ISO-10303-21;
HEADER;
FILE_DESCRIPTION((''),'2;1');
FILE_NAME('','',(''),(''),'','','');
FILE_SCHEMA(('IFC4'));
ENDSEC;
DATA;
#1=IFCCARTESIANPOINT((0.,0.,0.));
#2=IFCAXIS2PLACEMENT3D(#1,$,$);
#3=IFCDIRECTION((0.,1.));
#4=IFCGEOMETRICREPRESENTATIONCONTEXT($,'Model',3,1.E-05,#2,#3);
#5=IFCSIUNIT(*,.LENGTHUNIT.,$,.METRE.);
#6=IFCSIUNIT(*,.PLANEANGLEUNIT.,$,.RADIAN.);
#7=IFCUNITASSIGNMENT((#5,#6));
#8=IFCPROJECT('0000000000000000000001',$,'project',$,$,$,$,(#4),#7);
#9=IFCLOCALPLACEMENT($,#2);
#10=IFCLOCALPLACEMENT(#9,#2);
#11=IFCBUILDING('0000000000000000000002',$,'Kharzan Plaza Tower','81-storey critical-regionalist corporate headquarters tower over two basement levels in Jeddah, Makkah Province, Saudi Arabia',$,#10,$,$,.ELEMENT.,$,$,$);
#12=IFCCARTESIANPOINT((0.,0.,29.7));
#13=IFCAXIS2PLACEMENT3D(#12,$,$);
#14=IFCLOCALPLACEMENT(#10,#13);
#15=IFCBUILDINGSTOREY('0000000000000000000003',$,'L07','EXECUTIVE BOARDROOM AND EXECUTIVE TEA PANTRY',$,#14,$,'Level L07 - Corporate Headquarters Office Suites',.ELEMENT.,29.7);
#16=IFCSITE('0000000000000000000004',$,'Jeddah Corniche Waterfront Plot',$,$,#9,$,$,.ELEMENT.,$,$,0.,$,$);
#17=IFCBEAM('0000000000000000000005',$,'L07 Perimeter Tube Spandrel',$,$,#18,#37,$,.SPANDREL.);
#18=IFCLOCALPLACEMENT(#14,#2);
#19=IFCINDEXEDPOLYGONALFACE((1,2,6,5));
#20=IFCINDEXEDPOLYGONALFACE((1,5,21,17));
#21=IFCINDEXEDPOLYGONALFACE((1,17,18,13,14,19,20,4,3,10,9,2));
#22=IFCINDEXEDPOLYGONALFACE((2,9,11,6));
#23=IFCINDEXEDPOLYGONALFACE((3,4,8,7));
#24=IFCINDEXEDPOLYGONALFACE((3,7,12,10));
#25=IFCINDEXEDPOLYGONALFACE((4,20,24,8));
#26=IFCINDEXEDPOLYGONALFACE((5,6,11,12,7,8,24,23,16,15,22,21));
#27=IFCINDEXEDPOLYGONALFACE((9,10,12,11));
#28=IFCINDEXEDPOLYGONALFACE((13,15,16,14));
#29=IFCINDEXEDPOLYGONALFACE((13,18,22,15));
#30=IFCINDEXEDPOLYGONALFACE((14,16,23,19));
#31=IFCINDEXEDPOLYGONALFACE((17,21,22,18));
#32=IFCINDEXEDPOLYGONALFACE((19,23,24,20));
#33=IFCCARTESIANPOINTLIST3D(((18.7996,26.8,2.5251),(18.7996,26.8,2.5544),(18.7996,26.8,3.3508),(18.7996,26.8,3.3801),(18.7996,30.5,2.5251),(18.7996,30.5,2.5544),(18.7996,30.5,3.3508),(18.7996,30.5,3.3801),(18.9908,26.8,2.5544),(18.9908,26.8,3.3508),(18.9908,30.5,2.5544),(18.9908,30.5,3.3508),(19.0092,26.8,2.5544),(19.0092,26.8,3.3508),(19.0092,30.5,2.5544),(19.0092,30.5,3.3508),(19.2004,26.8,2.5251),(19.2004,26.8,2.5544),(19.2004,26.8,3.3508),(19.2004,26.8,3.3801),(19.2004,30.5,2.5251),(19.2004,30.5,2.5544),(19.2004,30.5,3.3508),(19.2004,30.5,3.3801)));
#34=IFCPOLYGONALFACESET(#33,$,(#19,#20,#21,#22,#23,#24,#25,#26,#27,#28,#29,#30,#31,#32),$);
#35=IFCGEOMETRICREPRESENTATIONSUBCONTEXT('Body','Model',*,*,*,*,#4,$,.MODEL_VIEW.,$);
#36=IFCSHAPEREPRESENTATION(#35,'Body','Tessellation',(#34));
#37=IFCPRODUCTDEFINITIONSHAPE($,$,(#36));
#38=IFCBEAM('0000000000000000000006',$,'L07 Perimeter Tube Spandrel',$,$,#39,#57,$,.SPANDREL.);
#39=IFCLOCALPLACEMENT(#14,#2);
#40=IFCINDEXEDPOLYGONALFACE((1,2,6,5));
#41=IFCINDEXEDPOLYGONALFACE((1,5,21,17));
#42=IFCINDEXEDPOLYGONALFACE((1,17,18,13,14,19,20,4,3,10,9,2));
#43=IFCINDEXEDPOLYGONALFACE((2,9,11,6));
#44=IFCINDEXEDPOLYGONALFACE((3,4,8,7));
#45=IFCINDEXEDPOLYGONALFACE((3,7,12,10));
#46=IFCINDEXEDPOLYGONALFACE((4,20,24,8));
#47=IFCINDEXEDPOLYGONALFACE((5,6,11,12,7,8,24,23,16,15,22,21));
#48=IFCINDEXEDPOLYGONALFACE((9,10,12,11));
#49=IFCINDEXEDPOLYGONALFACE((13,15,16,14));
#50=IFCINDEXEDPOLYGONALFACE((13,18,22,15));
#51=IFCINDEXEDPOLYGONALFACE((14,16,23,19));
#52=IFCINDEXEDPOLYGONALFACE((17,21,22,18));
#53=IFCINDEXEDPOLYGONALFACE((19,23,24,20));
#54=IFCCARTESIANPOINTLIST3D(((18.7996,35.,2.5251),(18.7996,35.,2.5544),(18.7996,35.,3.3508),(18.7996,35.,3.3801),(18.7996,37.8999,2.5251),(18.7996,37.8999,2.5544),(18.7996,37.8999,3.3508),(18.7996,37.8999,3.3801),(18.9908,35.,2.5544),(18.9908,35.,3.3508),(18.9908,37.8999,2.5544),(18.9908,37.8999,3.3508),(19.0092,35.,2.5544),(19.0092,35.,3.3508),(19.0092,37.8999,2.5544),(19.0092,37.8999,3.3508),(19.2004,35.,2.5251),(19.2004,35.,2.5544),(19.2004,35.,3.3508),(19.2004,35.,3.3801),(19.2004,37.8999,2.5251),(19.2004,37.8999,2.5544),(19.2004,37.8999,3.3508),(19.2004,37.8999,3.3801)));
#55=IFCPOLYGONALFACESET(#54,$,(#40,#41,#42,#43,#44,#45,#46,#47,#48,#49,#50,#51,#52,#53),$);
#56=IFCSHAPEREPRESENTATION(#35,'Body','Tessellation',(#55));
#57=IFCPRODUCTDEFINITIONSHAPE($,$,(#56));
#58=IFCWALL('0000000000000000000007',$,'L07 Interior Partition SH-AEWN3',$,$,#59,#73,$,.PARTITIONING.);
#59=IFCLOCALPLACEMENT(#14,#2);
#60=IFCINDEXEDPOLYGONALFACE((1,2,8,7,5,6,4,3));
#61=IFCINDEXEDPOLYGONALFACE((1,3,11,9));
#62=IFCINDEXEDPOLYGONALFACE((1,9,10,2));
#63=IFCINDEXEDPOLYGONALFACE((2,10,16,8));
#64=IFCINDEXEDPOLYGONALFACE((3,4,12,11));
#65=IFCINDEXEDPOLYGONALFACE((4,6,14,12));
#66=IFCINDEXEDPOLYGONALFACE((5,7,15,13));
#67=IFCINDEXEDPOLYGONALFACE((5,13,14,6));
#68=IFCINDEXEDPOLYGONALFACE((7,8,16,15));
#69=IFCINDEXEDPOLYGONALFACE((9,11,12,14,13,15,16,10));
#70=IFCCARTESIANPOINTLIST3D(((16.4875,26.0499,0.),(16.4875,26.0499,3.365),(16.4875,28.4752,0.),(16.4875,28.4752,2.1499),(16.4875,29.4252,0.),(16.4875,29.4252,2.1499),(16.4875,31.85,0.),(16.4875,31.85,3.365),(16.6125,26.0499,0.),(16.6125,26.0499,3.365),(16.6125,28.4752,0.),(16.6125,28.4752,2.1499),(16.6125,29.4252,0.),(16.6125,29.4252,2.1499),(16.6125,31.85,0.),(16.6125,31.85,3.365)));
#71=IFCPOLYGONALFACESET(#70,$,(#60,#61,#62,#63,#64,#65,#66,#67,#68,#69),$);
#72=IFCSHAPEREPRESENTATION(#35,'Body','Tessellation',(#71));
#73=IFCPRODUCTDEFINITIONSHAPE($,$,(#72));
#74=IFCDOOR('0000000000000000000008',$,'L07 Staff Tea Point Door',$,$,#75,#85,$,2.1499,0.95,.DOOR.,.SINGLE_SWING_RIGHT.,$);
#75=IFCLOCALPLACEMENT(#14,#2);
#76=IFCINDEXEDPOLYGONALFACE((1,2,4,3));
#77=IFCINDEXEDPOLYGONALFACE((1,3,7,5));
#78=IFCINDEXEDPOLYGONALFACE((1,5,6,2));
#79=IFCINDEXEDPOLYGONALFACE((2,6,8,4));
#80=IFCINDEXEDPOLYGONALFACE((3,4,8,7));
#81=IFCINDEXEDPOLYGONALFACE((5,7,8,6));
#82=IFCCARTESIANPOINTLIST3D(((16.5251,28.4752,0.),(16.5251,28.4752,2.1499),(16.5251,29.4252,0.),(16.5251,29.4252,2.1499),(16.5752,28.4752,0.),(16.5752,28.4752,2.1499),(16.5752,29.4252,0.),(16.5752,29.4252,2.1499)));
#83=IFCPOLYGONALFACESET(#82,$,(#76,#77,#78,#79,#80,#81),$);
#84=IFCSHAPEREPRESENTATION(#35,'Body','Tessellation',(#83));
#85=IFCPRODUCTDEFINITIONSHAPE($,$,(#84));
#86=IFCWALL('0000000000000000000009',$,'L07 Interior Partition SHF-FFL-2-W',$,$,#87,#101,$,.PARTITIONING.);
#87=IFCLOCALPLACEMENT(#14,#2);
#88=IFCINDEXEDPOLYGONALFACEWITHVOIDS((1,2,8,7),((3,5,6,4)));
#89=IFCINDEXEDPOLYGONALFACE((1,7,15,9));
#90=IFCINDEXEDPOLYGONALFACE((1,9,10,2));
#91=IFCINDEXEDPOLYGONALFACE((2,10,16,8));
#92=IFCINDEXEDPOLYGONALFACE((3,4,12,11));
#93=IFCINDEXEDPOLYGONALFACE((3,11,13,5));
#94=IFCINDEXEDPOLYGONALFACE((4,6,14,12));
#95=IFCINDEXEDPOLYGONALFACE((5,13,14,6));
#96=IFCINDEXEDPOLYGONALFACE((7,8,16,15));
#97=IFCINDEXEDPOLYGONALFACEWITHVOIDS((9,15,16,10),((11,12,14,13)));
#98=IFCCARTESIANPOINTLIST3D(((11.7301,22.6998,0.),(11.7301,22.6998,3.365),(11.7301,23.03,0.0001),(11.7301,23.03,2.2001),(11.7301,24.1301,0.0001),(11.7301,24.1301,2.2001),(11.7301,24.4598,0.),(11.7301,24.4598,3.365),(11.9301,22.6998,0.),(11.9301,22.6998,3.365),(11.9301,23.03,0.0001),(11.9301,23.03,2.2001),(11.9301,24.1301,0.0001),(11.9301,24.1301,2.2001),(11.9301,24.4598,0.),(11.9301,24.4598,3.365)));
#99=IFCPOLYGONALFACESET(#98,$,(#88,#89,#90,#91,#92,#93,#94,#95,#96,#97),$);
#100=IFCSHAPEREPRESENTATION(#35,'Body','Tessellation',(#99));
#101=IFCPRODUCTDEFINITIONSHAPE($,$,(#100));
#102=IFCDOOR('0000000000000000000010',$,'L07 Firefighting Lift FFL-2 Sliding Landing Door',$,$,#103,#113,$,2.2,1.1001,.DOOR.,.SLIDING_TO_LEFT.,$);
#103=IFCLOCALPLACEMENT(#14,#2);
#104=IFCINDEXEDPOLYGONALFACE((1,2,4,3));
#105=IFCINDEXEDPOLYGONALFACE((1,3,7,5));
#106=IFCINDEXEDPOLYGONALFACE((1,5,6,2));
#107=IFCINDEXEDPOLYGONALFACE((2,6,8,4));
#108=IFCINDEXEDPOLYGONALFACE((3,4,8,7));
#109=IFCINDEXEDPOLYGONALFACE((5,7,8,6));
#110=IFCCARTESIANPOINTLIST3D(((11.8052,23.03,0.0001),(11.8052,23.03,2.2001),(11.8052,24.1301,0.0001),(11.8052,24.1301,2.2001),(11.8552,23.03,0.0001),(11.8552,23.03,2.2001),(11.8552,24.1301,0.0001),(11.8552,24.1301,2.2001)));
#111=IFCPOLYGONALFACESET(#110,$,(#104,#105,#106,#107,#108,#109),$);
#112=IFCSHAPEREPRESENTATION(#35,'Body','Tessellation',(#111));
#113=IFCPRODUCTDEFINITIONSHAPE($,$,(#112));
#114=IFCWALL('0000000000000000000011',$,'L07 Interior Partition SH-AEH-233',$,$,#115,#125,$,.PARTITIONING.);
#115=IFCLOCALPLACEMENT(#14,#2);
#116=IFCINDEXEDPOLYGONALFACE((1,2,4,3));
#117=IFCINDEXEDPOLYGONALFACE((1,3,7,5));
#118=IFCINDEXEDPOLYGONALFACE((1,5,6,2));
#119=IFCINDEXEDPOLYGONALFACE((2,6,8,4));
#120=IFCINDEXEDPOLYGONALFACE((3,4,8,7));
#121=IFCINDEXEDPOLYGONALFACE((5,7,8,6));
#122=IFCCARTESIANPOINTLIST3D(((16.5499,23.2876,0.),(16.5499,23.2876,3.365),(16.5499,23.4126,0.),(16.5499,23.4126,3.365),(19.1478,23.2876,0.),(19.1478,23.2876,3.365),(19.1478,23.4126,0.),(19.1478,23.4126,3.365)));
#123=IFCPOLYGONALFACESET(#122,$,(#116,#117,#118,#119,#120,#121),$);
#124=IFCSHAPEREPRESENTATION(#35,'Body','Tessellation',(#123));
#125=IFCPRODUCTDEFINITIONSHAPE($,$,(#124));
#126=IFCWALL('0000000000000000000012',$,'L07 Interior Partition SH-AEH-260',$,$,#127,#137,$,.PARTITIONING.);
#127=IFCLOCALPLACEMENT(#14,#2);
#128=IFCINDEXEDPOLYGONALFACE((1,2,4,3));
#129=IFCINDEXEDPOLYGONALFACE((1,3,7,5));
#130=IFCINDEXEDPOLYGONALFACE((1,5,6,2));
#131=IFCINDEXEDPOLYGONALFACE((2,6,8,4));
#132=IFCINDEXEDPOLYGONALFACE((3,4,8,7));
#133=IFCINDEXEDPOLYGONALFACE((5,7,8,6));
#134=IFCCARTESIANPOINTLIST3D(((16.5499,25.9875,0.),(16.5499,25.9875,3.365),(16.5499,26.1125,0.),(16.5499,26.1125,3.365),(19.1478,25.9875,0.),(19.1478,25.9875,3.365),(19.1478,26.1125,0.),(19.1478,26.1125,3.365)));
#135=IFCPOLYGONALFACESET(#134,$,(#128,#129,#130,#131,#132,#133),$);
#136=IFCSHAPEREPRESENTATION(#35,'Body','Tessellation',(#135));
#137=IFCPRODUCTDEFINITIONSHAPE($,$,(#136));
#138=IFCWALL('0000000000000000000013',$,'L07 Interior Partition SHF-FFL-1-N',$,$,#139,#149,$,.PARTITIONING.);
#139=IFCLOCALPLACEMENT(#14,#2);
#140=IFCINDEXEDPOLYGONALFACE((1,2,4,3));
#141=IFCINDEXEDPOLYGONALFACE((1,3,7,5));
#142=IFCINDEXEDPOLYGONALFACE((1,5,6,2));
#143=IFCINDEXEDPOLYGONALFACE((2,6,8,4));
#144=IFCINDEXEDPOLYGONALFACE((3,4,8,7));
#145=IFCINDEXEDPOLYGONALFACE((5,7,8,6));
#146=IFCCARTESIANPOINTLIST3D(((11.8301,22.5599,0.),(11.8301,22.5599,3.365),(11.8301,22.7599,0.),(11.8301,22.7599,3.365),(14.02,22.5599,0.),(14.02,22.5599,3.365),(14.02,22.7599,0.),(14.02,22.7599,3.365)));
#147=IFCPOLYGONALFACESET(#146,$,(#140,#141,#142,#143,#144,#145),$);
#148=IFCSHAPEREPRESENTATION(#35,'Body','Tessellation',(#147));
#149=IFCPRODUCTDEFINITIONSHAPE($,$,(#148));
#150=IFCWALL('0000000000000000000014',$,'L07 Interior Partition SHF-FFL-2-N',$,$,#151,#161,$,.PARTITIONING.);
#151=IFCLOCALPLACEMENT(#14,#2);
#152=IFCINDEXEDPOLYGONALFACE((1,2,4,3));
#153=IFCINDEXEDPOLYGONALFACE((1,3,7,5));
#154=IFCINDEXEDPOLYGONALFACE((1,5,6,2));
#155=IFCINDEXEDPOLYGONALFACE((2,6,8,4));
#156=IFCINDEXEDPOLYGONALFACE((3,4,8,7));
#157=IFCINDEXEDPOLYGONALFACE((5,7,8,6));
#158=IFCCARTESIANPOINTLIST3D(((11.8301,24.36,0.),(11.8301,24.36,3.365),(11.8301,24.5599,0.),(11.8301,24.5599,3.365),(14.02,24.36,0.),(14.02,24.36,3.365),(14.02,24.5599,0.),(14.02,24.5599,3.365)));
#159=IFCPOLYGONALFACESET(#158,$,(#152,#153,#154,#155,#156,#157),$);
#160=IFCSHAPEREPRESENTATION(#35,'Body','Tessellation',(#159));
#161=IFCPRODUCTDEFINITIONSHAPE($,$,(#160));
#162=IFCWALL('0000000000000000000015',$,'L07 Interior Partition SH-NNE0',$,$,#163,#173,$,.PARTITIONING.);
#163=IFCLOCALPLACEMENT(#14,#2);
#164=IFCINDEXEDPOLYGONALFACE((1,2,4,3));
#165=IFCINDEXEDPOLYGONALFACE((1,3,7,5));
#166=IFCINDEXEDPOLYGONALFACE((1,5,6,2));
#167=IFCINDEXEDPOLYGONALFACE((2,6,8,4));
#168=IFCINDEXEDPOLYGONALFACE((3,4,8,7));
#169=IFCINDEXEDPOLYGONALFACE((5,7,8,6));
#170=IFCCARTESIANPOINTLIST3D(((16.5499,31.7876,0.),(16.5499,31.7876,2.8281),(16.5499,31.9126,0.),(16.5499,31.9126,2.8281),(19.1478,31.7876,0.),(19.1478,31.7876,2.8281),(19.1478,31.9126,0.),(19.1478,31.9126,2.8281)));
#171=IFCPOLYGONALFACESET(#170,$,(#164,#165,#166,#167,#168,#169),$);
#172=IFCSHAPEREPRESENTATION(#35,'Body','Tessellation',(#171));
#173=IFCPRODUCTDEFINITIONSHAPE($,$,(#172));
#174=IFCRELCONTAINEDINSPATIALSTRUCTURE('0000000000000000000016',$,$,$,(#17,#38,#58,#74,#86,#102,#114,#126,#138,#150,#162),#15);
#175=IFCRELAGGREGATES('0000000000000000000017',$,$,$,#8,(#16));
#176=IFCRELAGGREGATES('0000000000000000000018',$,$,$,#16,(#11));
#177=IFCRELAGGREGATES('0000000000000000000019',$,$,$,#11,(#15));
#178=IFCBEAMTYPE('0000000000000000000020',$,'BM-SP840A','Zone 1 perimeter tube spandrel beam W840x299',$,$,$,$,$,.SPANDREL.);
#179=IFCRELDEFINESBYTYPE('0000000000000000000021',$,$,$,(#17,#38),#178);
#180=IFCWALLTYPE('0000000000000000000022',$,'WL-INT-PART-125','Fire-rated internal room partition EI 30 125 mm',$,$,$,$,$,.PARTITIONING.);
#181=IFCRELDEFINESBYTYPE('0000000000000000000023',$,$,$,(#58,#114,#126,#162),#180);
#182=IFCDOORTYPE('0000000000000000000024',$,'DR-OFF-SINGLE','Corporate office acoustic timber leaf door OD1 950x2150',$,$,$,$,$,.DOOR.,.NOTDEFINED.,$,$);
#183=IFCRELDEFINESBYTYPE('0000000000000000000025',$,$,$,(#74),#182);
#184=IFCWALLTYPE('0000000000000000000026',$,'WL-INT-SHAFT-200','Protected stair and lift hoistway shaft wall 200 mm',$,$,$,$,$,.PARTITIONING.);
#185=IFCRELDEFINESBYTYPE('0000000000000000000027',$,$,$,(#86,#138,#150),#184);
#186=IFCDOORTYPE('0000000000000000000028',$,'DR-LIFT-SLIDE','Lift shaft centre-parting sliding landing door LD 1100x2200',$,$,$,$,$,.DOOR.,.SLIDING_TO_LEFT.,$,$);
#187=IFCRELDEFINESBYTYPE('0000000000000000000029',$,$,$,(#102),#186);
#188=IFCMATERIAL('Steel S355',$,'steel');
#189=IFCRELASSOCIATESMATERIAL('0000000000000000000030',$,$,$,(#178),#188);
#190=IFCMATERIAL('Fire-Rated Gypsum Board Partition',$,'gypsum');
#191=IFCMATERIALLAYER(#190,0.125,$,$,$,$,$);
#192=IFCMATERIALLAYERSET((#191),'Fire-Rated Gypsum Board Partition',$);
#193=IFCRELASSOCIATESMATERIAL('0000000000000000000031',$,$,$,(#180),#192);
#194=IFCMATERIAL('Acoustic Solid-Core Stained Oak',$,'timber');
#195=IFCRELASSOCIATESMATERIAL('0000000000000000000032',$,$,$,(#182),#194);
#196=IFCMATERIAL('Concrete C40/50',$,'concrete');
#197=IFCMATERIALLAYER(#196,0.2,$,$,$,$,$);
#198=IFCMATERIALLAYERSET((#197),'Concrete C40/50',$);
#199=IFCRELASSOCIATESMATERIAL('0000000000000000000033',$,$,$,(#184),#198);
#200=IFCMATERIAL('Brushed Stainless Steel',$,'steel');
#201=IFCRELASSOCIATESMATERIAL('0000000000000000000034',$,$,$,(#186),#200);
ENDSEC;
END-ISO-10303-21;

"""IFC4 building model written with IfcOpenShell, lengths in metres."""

from ifc_helpers import new_model, si_unit, direction, frame, frame_2d, origin, origin_2d, place, context, subcontext, project, spatial, rectangle, i_section, extrude, source, transform, mapped, material, layer, layer_set, material_profile, profile_set, type_object, element, fill, save


model = new_model("IFC4")

# Units and contexts
model_context = context("Model", 3, precision=1e-05, world=origin(), true_north=direction((0.0, 1.0)))
body_context = subcontext(model_context, "Body", "Model", "MODEL_VIEW")
ifc_project = project(units=[si_unit("LENGTHUNIT", "METRE"), si_unit("PLANEANGLEUNIT", "RADIAN")], contexts=[model_context])

# Site, building, storey
site_placement = place(None, origin())
site = spatial("IfcSite", under=ifc_project, at=site_placement, Name="Jeddah Corniche Waterfront Plot", CompositionType="ELEMENT", RefElevation=0.0)
building_placement = place(site_placement, origin())
building = spatial("IfcBuilding", under=site, at=building_placement, Name="Kharzan Plaza Tower", Description="81-storey critical-regionalist corporate headquarters tower over two basement levels in Jeddah, Makkah Province, Saudi Arabia", CompositionType="ELEMENT")
storey_placement = place(building_placement, frame((0.0, 0.0, 29.7)))
storey = spatial("IfcBuildingStorey", under=building, at=storey_placement, Name="L07", Description="EXECUTIVE BOARDROOM AND EXECUTIVE TEA PANTRY", LongName="Level L07 - Corporate Headquarters Office Suites", CompositionType="ELEMENT", Elevation=29.7)

# Beams
ifc_material_1 = material(Name="Steel S355", Category="steel")
ifc_material_profile_1 = material_profile(ifc_material_1, i_section(OverallWidth=0.4009, OverallDepth=0.855, WebThickness=0.0183, FlangeThickness=0.0293, at=origin_2d()), Name="W840x299")
ifc_profile_set_1 = profile_set([ifc_material_profile_1], Name="Steel S355")
beam_type_1 = type_object("IfcBeamType", Name="BM-SP840A", Description="Zone 1 perimeter tube spandrel beam W840x299", PredefinedType="SPANDREL", material=ifc_profile_set_1)
shared_shape_1 = source(origin(), body_context, "Body", "SweptSolid", [
    extrude(i_section(OverallWidth=0.4009, OverallDepth=0.855, WebThickness=0.0183, FlangeThickness=0.0293, at=origin_2d()), origin(), (0.0, 0.0, 1.0), 3.7),
])
beam_1_placement = place(storey_placement, frame((19.0, 26.8, 2.9526), z_axis=(0.0, 1.0, 0.0), x_axis=(-1.0, 0.0, 0.0)))
element("IfcBeam", 1, at=beam_1_placement, inside=storey, type_object=beam_type_1, Name="L07 Perimeter Tube Spandrel", PredefinedType="SPANDREL", context=body_context, shape_type="MappedRepresentation", body=[
    mapped(shared_shape_1, transform((0.0, 0.0, 0.0), x_axis=(1.0, 0.0, 0.0), y_axis=(0.0, 1.0, 0.0), z_axis=(0.0, 0.0, 1.0))),
])
shared_shape_2 = source(origin(), body_context, "Body", "SweptSolid", [
    extrude(i_section(OverallWidth=0.4009, OverallDepth=0.855, WebThickness=0.0183, FlangeThickness=0.0293, at=origin_2d()), origin(), (0.0, 0.0, 1.0), 2.8999),
])
beam_2_placement = place(storey_placement, frame((19.0, 35.0, 2.9526), z_axis=(0.0, 1.0, 0.0), x_axis=(-1.0, 0.0, 0.0)))
element("IfcBeam", 2, at=beam_2_placement, inside=storey, type_object=beam_type_1, Name="L07 Perimeter Tube Spandrel", PredefinedType="SPANDREL", context=body_context, shape_type="MappedRepresentation", body=[
    mapped(shared_shape_2, transform((0.0, 0.0, 0.0), x_axis=(1.0, 0.0, 0.0), y_axis=(0.0, 1.0, 0.0), z_axis=(0.0, 0.0, 1.0))),
])

# Walls, openings, doors
ifc_material_2 = material(Name="Fire-Rated Gypsum Board Partition", Category="gypsum")
ifc_layer_1 = layer(ifc_material_2, 0.125)
ifc_layer_set_1 = layer_set([ifc_layer_1], Name="Fire-Rated Gypsum Board Partition")
wall_type_1 = type_object("IfcWallType", Name="WL-INT-PART-125", Description="Fire-rated internal room partition EI 30 125 mm", PredefinedType="PARTITIONING", material=ifc_layer_set_1)
wall_1_placement = place(storey_placement, frame((16.55, 26.05, 0.0), z_axis=(0.0, 0.0, 1.0), x_axis=(0.0, 1.0, 0.0)))
wall_1 = element("IfcWall", 3, at=wall_1_placement, inside=storey, type_object=wall_type_1, Name="L07 Interior Partition SH-AEWN3", PredefinedType="PARTITIONING", context=body_context, shape_type="SweptSolid", body=[
    extrude(rectangle(XDim=5.8, YDim=0.125, at=frame_2d((2.8999, 0.0))), origin(), (0.0, 0.0, 1.0), 3.365),
])
opening_1_placement = place(wall_1_placement, frame((2.425, 0.0, 0.0)))
opening_1 = element("IfcOpeningElement", 4, at=opening_1_placement, cuts=wall_1, PredefinedType="OPENING", context=body_context, shape_type="SweptSolid", body=[
    extrude(rectangle(XDim=0.95, YDim=2.1499, at=frame_2d((0.4751, 1.075))), frame((0.0, 0.0725, 0.0), z_axis=(0.0, -1.0, 0.0), x_axis=(1.0, 0.0, 0.0)), (0.0, 0.0, 1.0), 0.145),
])
ifc_material_3 = material(Name="Acoustic Solid-Core Stained Oak", Category="timber")
door_type_1 = type_object("IfcDoorType", Name="DR-OFF-SINGLE", Description="Corporate office acoustic timber leaf door OD1 950x2150", OperationType="NOTDEFINED", PredefinedType="DOOR", material=ifc_material_3)
shared_shape_3 = source(origin(), body_context, "Body", "SweptSolid", [
    extrude(rectangle(XDim=0.95, YDim=2.1499, at=frame_2d((0.4751, 1.075))), frame((0.0, 0.0249, 0.0), z_axis=(0.0, -1.0, 0.0), x_axis=(1.0, 0.0, 0.0)), (0.0, 0.0, 1.0), 0.05),
])
door_1_placement = place(opening_1_placement, origin())
door_1 = element("IfcDoor", 5, at=door_1_placement, inside=storey, type_object=door_type_1, Name="L07 Staff Tea Point Door", OperationType="SINGLE_SWING_RIGHT", OverallHeight=2.1499, OverallWidth=0.95, PredefinedType="DOOR", context=body_context, shape_type="MappedRepresentation", body=[
    mapped(shared_shape_3, transform((0.0, 0.0, 0.0), x_axis=(1.0, 0.0, 0.0), y_axis=(0.0, 1.0, 0.0), z_axis=(0.0, 0.0, 1.0))),
])
fill(opening_1, door_1)
ifc_material_4 = material(Name="Concrete C40/50", Category="concrete")
ifc_layer_2 = layer(ifc_material_4, 0.2)
ifc_layer_set_2 = layer_set([ifc_layer_2], Name="Concrete C40/50")
wall_type_2 = type_object("IfcWallType", Name="WL-INT-SHAFT-200", Description="Protected stair and lift hoistway shaft wall 200 mm", PredefinedType="PARTITIONING", material=ifc_layer_set_2)
wall_2_placement = place(storey_placement, frame((11.8301, 22.7, 0.0), z_axis=(0.0, 0.0, 1.0), x_axis=(0.0, 1.0, 0.0)))
wall_2 = element("IfcWall", 6, at=wall_2_placement, inside=storey, type_object=wall_type_2, Name="L07 Interior Partition SHF-FFL-2-W", PredefinedType="PARTITIONING", context=body_context, shape_type="SweptSolid", body=[
    extrude(rectangle(XDim=1.76, YDim=0.2, at=frame_2d((0.8799, 0.0))), origin(), (0.0, 0.0, 1.0), 3.365),
])
opening_2_placement = place(wall_2_placement, frame((0.3301, 0.0, 0.0)))
opening_2 = element("IfcOpeningElement", 7, at=opening_2_placement, cuts=wall_2, PredefinedType="OPENING", context=body_context, shape_type="SweptSolid", body=[
    extrude(rectangle(XDim=1.1001, YDim=2.2, at=frame_2d((0.55, 1.1001))), frame((0.0, 0.1099, 0.0), z_axis=(0.0, -1.0, 0.0), x_axis=(1.0, 0.0, 0.0)), (0.0, 0.0, 1.0), 0.22),
])
ifc_material_5 = material(Name="Brushed Stainless Steel", Category="steel")
door_type_2 = type_object("IfcDoorType", Name="DR-LIFT-SLIDE", Description="Lift shaft centre-parting sliding landing door LD 1100x2200", OperationType="SLIDING_TO_LEFT", PredefinedType="DOOR", material=ifc_material_5)
shared_shape_4 = source(origin(), body_context, "Body", "SweptSolid", [
    extrude(rectangle(XDim=1.1001, YDim=2.2, at=frame_2d((0.55, 1.1001))), frame((0.0, 0.0249, 0.0), z_axis=(0.0, -1.0, 0.0), x_axis=(1.0, 0.0, 0.0)), (0.0, 0.0, 1.0), 0.05),
])
door_2_placement = place(opening_2_placement, origin())
door_2 = element("IfcDoor", 8, at=door_2_placement, inside=storey, type_object=door_type_2, Name="L07 Firefighting Lift FFL-2 Sliding Landing Door", OperationType="SLIDING_TO_LEFT", OverallHeight=2.2, OverallWidth=1.1001, PredefinedType="DOOR", context=body_context, shape_type="MappedRepresentation", body=[
    mapped(shared_shape_4, transform((0.0, 0.0, 0.0), x_axis=(1.0, 0.0, 0.0), y_axis=(0.0, 1.0, 0.0), z_axis=(0.0, 0.0, 1.0))),
])
fill(opening_2, door_2)

# Walls
shared_shape_5 = source(origin(), body_context, "Body", "SweptSolid", [
    extrude(rectangle(XDim=2.5979, YDim=0.125, at=frame_2d((1.2988, 0.0))), origin(), (0.0, 0.0, 1.0), 3.365),
])
for number, where, z_axis, x_axis, name in (
    (9, (16.55, 23.3501, 0.0), (0.0, 0.0, 1.0), (1.0, 0.0, 0.0), "L07 Interior Partition SH-AEH-233"),
    (10, (16.55, 26.05, 0.0), (0.0, 0.0, 1.0), (1.0, 0.0, 0.0), "L07 Interior Partition SH-AEH-260"),
):
    element("IfcWall", number, at=place(storey_placement, frame(where, z_axis=z_axis, x_axis=x_axis)), inside=storey, type_object=wall_type_1, Name=name, PredefinedType="PARTITIONING", context=body_context, shape_type="MappedRepresentation", body=[
        mapped(shared_shape_5, transform((0.0, 0.0, 0.0), x_axis=(1.0, 0.0, 0.0), y_axis=(0.0, 1.0, 0.0), z_axis=(0.0, 0.0, 1.0))),
    ])
shared_shape_6 = source(origin(), body_context, "Body", "SweptSolid", [
    extrude(rectangle(XDim=2.1899, YDim=0.2, at=frame_2d((1.095, 0.0))), origin(), (0.0, 0.0, 1.0), 3.365),
])
for number, where, z_axis, x_axis, name in (
    (11, (11.8301, 22.6599, 0.0), (0.0, 0.0, 1.0), (1.0, 0.0, 0.0), "L07 Interior Partition SHF-FFL-1-N"),
    (12, (11.8301, 24.46, 0.0), (0.0, 0.0, 1.0), (1.0, 0.0, 0.0), "L07 Interior Partition SHF-FFL-2-N"),
):
    element("IfcWall", number, at=place(storey_placement, frame(where, z_axis=z_axis, x_axis=x_axis)), inside=storey, type_object=wall_type_2, Name=name, PredefinedType="PARTITIONING", context=body_context, shape_type="MappedRepresentation", body=[
        mapped(shared_shape_6, transform((0.0, 0.0, 0.0), x_axis=(1.0, 0.0, 0.0), y_axis=(0.0, 1.0, 0.0), z_axis=(0.0, 0.0, 1.0))),
    ])
shared_shape_7 = source(origin(), body_context, "Body", "SweptSolid", [
    extrude(rectangle(XDim=2.5979, YDim=0.125, at=frame_2d((1.2988, 0.0))), origin(), (0.0, 0.0, 1.0), 2.8281),
])
wall_3_placement = place(storey_placement, frame((16.55, 31.8501, 0.0), z_axis=(0.0, 0.0, 1.0), x_axis=(1.0, 0.0, 0.0)))
element("IfcWall", 13, at=wall_3_placement, inside=storey, type_object=wall_type_1, Name="L07 Interior Partition SH-NNE0", PredefinedType="PARTITIONING", context=body_context, shape_type="MappedRepresentation", body=[
    mapped(shared_shape_7, transform((0.0, 0.0, 0.0), x_axis=(1.0, 0.0, 0.0), y_axis=(0.0, 1.0, 0.0), z_axis=(0.0, 0.0, 1.0))),
])

save(model, "model.ifc")
